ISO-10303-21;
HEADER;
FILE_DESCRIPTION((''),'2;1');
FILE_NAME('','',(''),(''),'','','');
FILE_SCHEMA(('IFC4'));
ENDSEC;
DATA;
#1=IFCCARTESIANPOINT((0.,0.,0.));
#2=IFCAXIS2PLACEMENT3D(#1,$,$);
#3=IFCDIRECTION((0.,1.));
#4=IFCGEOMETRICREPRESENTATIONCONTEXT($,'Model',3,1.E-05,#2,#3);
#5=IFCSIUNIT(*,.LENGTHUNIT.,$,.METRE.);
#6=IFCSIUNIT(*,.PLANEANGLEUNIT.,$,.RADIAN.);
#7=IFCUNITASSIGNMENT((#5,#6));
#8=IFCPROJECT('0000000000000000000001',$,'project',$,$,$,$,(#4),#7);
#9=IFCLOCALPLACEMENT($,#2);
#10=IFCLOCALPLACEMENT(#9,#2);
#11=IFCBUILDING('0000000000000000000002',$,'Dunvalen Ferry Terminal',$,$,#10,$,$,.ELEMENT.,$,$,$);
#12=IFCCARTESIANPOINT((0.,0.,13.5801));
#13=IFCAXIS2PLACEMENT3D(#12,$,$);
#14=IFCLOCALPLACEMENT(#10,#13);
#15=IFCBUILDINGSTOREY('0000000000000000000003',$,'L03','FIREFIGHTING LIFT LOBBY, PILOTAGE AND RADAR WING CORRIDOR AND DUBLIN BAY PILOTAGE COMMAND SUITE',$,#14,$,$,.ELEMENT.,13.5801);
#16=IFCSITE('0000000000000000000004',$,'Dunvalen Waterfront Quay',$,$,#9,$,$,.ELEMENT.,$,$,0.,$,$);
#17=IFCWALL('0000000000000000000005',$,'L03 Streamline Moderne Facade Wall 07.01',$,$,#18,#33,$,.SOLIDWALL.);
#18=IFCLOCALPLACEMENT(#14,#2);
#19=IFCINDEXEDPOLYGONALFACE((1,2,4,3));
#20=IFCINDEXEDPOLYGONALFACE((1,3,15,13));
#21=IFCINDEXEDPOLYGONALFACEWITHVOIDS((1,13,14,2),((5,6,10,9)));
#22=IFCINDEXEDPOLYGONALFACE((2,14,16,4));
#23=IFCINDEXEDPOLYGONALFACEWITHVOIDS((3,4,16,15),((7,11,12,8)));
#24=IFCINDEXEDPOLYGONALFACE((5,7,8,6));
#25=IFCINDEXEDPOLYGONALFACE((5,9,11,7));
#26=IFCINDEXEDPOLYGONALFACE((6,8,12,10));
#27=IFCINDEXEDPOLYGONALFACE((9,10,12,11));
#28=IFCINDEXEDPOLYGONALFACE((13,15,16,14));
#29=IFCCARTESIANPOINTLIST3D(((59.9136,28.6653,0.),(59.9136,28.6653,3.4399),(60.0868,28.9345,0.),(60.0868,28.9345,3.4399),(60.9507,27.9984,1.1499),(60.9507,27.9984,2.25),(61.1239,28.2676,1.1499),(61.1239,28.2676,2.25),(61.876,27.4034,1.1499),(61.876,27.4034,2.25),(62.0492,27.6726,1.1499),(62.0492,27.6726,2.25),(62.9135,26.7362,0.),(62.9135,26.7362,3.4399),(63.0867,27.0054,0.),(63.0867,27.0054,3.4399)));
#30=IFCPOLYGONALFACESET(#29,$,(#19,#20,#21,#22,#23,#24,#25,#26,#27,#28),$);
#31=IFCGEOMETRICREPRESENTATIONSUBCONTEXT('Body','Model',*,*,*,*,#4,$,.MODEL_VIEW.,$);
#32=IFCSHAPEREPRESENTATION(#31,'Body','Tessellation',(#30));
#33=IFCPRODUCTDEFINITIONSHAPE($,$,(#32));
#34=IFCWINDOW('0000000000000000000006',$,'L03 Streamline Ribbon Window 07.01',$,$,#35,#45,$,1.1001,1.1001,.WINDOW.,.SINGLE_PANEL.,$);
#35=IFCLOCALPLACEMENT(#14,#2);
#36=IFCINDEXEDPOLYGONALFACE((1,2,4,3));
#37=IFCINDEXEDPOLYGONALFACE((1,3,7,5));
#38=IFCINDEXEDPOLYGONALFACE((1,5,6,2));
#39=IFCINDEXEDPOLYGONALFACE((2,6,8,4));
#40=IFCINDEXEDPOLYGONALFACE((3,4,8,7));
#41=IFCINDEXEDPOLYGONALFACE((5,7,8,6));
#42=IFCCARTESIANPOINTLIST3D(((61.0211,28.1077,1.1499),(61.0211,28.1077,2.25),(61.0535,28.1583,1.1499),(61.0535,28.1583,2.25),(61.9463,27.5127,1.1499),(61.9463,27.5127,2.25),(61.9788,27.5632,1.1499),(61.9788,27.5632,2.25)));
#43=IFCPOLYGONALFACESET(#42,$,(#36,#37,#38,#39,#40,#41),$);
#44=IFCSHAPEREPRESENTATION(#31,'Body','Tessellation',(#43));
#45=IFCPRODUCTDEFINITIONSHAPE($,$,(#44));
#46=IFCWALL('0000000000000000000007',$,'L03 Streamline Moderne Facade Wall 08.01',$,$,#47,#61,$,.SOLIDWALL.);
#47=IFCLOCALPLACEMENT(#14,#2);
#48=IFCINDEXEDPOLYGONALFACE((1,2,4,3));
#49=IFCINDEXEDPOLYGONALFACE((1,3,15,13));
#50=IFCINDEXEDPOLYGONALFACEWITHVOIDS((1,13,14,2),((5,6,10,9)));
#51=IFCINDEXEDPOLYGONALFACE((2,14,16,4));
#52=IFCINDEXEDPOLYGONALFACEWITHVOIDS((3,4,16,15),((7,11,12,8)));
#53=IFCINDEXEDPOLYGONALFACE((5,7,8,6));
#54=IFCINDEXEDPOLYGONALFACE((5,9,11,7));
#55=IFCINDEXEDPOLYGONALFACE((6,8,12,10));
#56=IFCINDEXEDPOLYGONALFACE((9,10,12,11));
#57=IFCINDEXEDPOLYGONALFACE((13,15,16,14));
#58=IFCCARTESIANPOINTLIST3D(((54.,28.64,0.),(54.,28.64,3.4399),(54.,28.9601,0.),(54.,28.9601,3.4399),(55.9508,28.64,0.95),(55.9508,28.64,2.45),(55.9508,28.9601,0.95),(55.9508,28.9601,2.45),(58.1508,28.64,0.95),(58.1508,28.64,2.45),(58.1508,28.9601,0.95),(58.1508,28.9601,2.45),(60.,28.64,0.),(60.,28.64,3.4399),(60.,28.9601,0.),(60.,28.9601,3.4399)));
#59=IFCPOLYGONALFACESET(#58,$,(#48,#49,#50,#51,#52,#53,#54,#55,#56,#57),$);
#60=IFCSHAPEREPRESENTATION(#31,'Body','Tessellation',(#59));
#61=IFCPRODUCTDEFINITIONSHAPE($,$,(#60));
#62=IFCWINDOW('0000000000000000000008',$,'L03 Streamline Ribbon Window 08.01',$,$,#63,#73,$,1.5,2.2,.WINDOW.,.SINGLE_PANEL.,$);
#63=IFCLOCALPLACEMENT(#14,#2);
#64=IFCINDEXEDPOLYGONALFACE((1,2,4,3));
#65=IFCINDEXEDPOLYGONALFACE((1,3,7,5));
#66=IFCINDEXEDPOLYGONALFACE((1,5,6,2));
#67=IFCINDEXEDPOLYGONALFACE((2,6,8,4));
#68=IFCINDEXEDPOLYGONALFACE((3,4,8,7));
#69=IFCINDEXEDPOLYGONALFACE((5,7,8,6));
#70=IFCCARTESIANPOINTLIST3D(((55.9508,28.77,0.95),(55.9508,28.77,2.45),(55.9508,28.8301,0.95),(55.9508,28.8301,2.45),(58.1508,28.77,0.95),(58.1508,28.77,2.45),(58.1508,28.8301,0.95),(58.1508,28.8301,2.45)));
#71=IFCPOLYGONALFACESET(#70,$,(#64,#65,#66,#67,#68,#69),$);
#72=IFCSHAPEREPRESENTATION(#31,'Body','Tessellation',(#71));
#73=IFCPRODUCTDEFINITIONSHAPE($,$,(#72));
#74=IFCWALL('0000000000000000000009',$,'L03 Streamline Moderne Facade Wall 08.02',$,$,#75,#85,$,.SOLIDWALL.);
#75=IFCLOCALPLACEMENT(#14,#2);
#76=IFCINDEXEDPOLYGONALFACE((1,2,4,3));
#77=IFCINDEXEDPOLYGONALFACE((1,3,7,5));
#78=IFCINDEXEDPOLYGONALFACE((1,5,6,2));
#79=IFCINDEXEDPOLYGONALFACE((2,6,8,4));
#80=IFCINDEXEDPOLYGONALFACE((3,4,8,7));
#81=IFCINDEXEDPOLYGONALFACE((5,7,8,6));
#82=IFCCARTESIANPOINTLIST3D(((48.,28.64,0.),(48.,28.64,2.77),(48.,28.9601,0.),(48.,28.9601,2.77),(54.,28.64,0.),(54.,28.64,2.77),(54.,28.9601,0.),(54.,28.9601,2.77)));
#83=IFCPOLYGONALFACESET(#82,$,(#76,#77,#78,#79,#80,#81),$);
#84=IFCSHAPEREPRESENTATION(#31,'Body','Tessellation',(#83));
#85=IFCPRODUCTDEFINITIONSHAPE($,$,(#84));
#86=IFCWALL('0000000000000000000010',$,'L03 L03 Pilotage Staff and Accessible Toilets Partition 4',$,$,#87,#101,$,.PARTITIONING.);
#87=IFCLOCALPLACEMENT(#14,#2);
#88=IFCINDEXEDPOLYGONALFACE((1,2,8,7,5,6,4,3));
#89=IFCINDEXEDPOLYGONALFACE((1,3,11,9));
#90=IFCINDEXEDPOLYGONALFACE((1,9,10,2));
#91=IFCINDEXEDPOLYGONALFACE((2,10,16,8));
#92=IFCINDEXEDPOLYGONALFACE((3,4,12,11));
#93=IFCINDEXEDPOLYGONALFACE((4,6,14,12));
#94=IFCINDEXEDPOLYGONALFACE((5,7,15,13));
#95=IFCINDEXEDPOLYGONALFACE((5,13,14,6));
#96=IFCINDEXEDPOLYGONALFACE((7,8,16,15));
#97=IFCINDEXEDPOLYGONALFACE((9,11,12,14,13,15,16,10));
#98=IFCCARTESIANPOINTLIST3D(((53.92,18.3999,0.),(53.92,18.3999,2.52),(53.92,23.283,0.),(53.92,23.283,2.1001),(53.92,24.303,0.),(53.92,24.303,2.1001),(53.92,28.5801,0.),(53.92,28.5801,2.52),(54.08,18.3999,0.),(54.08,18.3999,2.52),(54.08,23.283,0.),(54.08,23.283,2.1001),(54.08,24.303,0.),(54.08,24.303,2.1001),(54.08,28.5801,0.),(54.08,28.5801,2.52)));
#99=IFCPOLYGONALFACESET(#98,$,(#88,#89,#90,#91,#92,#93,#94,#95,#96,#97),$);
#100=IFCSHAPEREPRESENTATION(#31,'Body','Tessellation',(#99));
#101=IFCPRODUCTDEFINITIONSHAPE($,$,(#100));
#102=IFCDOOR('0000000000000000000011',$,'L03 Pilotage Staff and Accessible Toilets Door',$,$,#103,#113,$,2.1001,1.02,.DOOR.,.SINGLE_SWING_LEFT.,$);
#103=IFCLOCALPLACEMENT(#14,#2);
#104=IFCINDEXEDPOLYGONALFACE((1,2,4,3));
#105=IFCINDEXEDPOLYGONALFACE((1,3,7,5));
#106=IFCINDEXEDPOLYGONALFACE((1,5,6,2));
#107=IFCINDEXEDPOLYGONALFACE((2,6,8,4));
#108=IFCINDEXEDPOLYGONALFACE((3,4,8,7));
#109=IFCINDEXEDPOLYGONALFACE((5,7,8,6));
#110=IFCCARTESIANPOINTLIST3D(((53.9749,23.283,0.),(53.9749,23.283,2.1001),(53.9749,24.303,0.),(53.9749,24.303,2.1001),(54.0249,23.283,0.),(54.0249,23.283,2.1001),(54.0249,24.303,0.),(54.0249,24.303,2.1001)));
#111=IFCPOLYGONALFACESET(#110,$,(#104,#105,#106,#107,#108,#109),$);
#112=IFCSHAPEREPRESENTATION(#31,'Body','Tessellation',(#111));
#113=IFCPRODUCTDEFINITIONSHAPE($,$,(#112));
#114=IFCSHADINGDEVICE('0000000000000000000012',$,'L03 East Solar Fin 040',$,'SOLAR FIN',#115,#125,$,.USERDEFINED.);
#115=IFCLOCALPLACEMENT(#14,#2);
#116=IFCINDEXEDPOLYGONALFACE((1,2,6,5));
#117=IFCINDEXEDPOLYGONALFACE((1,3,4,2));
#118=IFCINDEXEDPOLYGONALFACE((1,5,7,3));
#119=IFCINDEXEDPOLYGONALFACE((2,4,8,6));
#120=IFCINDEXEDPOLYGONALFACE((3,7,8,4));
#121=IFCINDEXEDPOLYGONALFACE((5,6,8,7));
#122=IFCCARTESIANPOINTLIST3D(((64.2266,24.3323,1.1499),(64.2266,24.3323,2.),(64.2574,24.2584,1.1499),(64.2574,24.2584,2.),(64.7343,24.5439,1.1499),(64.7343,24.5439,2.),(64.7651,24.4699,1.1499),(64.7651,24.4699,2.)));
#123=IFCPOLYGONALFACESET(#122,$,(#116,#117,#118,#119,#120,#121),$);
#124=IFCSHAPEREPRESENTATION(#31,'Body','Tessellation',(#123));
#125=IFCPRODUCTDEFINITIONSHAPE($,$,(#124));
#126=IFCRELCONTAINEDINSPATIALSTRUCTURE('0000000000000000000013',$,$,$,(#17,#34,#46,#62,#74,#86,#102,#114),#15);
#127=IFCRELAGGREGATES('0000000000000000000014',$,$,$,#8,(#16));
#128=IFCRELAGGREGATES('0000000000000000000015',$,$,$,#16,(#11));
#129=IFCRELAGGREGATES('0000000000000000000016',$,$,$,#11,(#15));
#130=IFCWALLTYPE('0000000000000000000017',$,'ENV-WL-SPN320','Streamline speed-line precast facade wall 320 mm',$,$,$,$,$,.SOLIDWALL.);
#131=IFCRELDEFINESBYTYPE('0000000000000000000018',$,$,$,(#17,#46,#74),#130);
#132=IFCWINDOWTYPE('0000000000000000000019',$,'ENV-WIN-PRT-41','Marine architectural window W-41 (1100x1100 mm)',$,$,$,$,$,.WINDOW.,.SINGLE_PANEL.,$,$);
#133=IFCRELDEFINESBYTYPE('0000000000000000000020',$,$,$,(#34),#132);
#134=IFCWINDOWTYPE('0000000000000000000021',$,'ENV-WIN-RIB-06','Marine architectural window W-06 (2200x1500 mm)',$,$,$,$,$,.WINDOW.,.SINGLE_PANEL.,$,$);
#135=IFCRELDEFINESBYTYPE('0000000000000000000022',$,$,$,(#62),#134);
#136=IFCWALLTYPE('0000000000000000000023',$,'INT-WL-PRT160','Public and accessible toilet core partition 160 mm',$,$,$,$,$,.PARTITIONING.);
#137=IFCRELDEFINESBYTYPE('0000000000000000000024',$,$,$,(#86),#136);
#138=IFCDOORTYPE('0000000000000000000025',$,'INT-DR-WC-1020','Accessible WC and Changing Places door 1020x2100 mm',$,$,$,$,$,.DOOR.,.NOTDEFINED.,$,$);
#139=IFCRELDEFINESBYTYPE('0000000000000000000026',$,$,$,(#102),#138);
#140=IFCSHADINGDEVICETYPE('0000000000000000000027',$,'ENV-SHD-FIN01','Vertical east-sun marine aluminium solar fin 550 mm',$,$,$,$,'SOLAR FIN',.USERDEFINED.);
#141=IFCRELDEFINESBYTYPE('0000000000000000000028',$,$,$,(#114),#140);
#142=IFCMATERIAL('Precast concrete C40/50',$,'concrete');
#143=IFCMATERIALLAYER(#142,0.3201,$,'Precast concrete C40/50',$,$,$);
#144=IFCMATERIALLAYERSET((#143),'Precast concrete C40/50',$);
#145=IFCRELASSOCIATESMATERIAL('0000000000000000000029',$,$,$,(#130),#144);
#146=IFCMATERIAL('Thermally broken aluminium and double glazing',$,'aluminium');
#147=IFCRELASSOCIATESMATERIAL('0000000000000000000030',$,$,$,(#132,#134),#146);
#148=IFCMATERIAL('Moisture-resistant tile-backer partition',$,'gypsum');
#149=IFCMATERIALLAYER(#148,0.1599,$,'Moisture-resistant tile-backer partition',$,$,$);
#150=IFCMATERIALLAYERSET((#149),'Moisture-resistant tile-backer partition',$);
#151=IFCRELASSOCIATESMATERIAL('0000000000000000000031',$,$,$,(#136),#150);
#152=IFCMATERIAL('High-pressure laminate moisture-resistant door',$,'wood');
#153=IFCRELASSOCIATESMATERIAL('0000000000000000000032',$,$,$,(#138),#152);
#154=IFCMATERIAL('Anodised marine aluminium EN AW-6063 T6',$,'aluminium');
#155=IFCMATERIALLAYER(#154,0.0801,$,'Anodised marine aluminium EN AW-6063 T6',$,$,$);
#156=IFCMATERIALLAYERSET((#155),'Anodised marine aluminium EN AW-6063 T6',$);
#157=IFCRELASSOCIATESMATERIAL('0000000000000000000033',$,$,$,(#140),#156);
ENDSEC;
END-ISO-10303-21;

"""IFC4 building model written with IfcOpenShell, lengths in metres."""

from ifc_helpers import new_model, si_unit, direction, frame, frame_2d, origin, origin_2d, place, context, subcontext, project, spatial, rectangle, extrude, material, layer, layer_set, type_object, element, fill, save


model = new_model("IFC4")

# Units and contexts
model_context = context("Model", 3, precision=1e-05, world=origin(), true_north=direction((0.0, 1.0)))
body_context = subcontext(model_context, "Body", "Model", "MODEL_VIEW")
ifc_project = project(units=[si_unit("LENGTHUNIT", "METRE"), si_unit("PLANEANGLEUNIT", "RADIAN")], contexts=[model_context])

# Site, building, storey
site_placement = place(None, origin())
site = spatial("IfcSite", under=ifc_project, at=site_placement, Name="Dunvalen Waterfront Quay", CompositionType="ELEMENT", RefElevation=0.0)
building_placement = place(site_placement, origin())
building = spatial("IfcBuilding", under=site, at=building_placement, Name="Dunvalen Ferry Terminal", CompositionType="ELEMENT")
storey_placement = place(building_placement, frame((0.0, 0.0, 13.5801)))
storey = spatial("IfcBuildingStorey", under=building, at=storey_placement, Name="L03", Description="FIREFIGHTING LIFT LOBBY, PILOTAGE AND RADAR WING CORRIDOR AND DUBLIN BAY PILOTAGE COMMAND SUITE", CompositionType="ELEMENT", Elevation=13.5801)

# Shared definitions
ifc_material_1 = material(Name="Anodised marine aluminium EN AW-6063 T6", Category="aluminium")

# Walls, openings, windows
ifc_material_2 = material(Name="Precast concrete C40/50", Category="concrete")
ifc_layer_1 = layer(ifc_material_2, 0.3201, Name="Precast concrete C40/50")
ifc_layer_set_1 = layer_set([ifc_layer_1], Name="Precast concrete C40/50")
wall_type_1 = type_object("IfcWallType", Name="ENV-WL-SPN320", Description="Streamline speed-line precast facade wall 320 mm", PredefinedType="SOLIDWALL", material=ifc_layer_set_1)
ifc_material_3 = material(Name="Thermally broken aluminium and double glazing", Category="aluminium")
wall_1_placement = place(storey_placement, frame((63.0, 26.8708, 0.0), z_axis=(0.0, 0.0, 1.0), x_axis=(-0.841098, 0.540882, 0.0)))
wall_1 = element("IfcWall", 1, at=wall_1_placement, inside=storey, type_object=wall_type_1, Name="L03 Streamline Moderne Facade Wall 07.01", PredefinedType="SOLIDWALL", context=body_context, shape_type="SweptSolid", body=[
    extrude(rectangle(XDim=3.5667, YDim=0.3201, at=frame_2d((1.7832, 0.0))), origin(), (0.0, 0.0, 1.0), 3.4399),
])
opening_1_placement = place(wall_1_placement, frame((1.2334, 0.0, 1.1499)))
opening_1 = element("IfcOpeningElement", 2, at=opening_1_placement, cuts=wall_1, PredefinedType="OPENING", context=body_context, shape_type="SweptSolid", body=[
    extrude(rectangle(XDim=1.1001, YDim=1.1001, at=frame_2d((0.55, 0.55))), frame((0.0, 0.1699, 0.0), z_axis=(0.0, -1.0, 0.0), x_axis=(1.0, 0.0, 0.0)), (0.0, 0.0, 1.0), 0.3401),
])
window_type_1 = type_object("IfcWindowType", Name="ENV-WIN-PRT-41", Description="Marine architectural window W-41 (1100x1100 mm)", PartitioningType="SINGLE_PANEL", PredefinedType="WINDOW", material=ifc_material_3)
window_1_placement = place(opening_1_placement, origin())
window_1 = element("IfcWindow", 3, at=window_1_placement, inside=storey, type_object=window_type_1, Name="L03 Streamline Ribbon Window 07.01", OverallHeight=1.1001, OverallWidth=1.1001, PartitioningType="SINGLE_PANEL", PredefinedType="WINDOW", context=body_context, shape_type="SweptSolid", body=[
    extrude(rectangle(XDim=1.1001, YDim=1.1001, at=frame_2d((0.55, 0.55))), frame((0.0, 0.03, 0.0), z_axis=(0.0, -1.0, 0.0), x_axis=(1.0, 0.0, 0.0)), (0.0, 0.0, 1.0), 0.0601),
])
fill(opening_1, window_1)
wall_2_placement = place(storey_placement, frame((60.0, 28.8, 0.0), z_axis=(0.0, 0.0, 1.0), x_axis=(-1.0, 0.0, 0.0)))
wall_2 = element("IfcWall", 4, at=wall_2_placement, inside=storey, type_object=wall_type_1, Name="L03 Streamline Moderne Facade Wall 08.01", PredefinedType="SOLIDWALL", context=body_context, shape_type="SweptSolid", body=[
    extrude(rectangle(XDim=6.0, YDim=0.3201, at=frame_2d((3.0, 0.0))), origin(), (0.0, 0.0, 1.0), 3.4399),
])
opening_2_placement = place(wall_2_placement, frame((1.8491, 0.0, 0.95)))
opening_2 = element("IfcOpeningElement", 5, at=opening_2_placement, cuts=wall_2, PredefinedType="OPENING", context=body_context, shape_type="SweptSolid", body=[
    extrude(rectangle(XDim=2.2, YDim=1.5, at=frame_2d((1.1001, 0.75))), frame((0.0, 0.1699, 0.0), z_axis=(0.0, -1.0, 0.0), x_axis=(1.0, 0.0, 0.0)), (0.0, 0.0, 1.0), 0.3401),
])
window_type_2 = type_object("IfcWindowType", Name="ENV-WIN-RIB-06", Description="Marine architectural window W-06 (2200x1500 mm)", PartitioningType="SINGLE_PANEL", PredefinedType="WINDOW", material=ifc_material_3)
window_2_placement = place(opening_2_placement, origin())
window_2 = element("IfcWindow", 6, at=window_2_placement, inside=storey, type_object=window_type_2, Name="L03 Streamline Ribbon Window 08.01", OverallHeight=1.5, OverallWidth=2.2, PartitioningType="SINGLE_PANEL", PredefinedType="WINDOW", context=body_context, shape_type="SweptSolid", body=[
    extrude(rectangle(XDim=2.2, YDim=1.5, at=frame_2d((1.1001, 0.75))), frame((0.0, 0.03, 0.0), z_axis=(0.0, -1.0, 0.0), x_axis=(1.0, 0.0, 0.0)), (0.0, 0.0, 1.0), 0.0601),
])
fill(opening_2, window_2)

# Wall
wall_3_placement = place(storey_placement, frame((54.0, 28.8, 0.0), z_axis=(0.0, 0.0, 1.0), x_axis=(-1.0, 0.0, 0.0)))
element("IfcWall", 7, at=wall_3_placement, inside=storey, type_object=wall_type_1, Name="L03 Streamline Moderne Facade Wall 08.02", PredefinedType="SOLIDWALL", context=body_context, shape_type="SweptSolid", body=[
    extrude(rectangle(XDim=6.0, YDim=0.3201, at=frame_2d((3.0, 0.0))), origin(), (0.0, 0.0, 1.0), 2.77),
])

# Wall, opening, door
ifc_material_4 = material(Name="Moisture-resistant tile-backer partition", Category="gypsum")
ifc_layer_2 = layer(ifc_material_4, 0.1599, Name="Moisture-resistant tile-backer partition")
ifc_layer_set_2 = layer_set([ifc_layer_2], Name="Moisture-resistant tile-backer partition")
wall_type_2 = type_object("IfcWallType", Name="INT-WL-PRT160", Description="Public and accessible toilet core partition 160 mm", PredefinedType="PARTITIONING", material=ifc_layer_set_2)
wall_4_placement = place(storey_placement, frame((54.0, 28.5801, 0.0), z_axis=(0.0, 0.0, 1.0), x_axis=(0.0, -1.0, 0.0)))
wall_4 = element("IfcWall", 8, at=wall_4_placement, inside=storey, type_object=wall_type_2, Name="L03 L03 Pilotage Staff and Accessible Toilets Partition 4", PredefinedType="PARTITIONING", context=body_context, shape_type="SweptSolid", body=[
    extrude(rectangle(XDim=10.1802, YDim=0.1599, at=frame_2d((5.0901, 0.0))), origin(), (0.0, 0.0, 1.0), 2.52),
])
opening_3_placement = place(wall_4_placement, frame((4.2771, 0.0, 0.0)))
opening_3 = element("IfcOpeningElement", 9, at=opening_3_placement, cuts=wall_4, PredefinedType="OPENING", context=body_context, shape_type="SweptSolid", body=[
    extrude(rectangle(XDim=1.02, YDim=2.1001, at=frame_2d((0.51, 1.05))), frame((0.0, 0.0898, 0.0), z_axis=(0.0, -1.0, 0.0), x_axis=(1.0, 0.0, 0.0)), (0.0, 0.0, 1.0), 0.1799),
])
ifc_material_5 = material(Name="High-pressure laminate moisture-resistant door", Category="wood")
door_type = type_object("IfcDoorType", Name="INT-DR-WC-1020", Description="Accessible WC and Changing Places door 1020x2100 mm", OperationType="NOTDEFINED", PredefinedType="DOOR", material=ifc_material_5)
door_placement = place(opening_3_placement, origin())
door = element("IfcDoor", 10, at=door_placement, inside=storey, type_object=door_type, Name="L03 Pilotage Staff and Accessible Toilets Door", OperationType="SINGLE_SWING_LEFT", OverallHeight=2.1001, OverallWidth=1.02, PredefinedType="DOOR", context=body_context, shape_type="SweptSolid", body=[
    extrude(rectangle(XDim=1.02, YDim=2.1001, at=frame_2d((0.51, 1.05))), frame((0.0, 0.0249, 0.0), z_axis=(0.0, -1.0, 0.0), x_axis=(1.0, 0.0, 0.0)), (0.0, 0.0, 1.0), 0.05),
])
fill(opening_3, door)

# Shading device
ifc_layer_3 = layer(ifc_material_1, 0.0801, Name="Anodised marine aluminium EN AW-6063 T6")
ifc_layer_set_3 = layer_set([ifc_layer_3], Name="Anodised marine aluminium EN AW-6063 T6")
shading_device_type = type_object("IfcShadingDeviceType", Name="ENV-SHD-FIN01", Description="Vertical east-sun marine aluminium solar fin 550 mm", ElementType="SOLAR FIN", PredefinedType="USERDEFINED", material=ifc_layer_set_3)
shading_device_placement = place(storey_placement, frame((64.4958, 24.4011, 1.1499), z_axis=(0.0, 0.0, 1.0), x_axis=(-0.38462, 0.923075, 0.0)))
element("IfcShadingDevice", 11, at=shading_device_placement, inside=storey, type_object=shading_device_type, Name="L03 East Solar Fin 040", ObjectType="SOLAR FIN", PredefinedType="USERDEFINED", context=body_context, shape_type="SweptSolid", body=[
    extrude(rectangle(XDim=0.0801, YDim=0.55, at=origin_2d()), origin(), (0.0, 0.0, 1.0), 0.8501),
])

save(model, "model.ifc")
